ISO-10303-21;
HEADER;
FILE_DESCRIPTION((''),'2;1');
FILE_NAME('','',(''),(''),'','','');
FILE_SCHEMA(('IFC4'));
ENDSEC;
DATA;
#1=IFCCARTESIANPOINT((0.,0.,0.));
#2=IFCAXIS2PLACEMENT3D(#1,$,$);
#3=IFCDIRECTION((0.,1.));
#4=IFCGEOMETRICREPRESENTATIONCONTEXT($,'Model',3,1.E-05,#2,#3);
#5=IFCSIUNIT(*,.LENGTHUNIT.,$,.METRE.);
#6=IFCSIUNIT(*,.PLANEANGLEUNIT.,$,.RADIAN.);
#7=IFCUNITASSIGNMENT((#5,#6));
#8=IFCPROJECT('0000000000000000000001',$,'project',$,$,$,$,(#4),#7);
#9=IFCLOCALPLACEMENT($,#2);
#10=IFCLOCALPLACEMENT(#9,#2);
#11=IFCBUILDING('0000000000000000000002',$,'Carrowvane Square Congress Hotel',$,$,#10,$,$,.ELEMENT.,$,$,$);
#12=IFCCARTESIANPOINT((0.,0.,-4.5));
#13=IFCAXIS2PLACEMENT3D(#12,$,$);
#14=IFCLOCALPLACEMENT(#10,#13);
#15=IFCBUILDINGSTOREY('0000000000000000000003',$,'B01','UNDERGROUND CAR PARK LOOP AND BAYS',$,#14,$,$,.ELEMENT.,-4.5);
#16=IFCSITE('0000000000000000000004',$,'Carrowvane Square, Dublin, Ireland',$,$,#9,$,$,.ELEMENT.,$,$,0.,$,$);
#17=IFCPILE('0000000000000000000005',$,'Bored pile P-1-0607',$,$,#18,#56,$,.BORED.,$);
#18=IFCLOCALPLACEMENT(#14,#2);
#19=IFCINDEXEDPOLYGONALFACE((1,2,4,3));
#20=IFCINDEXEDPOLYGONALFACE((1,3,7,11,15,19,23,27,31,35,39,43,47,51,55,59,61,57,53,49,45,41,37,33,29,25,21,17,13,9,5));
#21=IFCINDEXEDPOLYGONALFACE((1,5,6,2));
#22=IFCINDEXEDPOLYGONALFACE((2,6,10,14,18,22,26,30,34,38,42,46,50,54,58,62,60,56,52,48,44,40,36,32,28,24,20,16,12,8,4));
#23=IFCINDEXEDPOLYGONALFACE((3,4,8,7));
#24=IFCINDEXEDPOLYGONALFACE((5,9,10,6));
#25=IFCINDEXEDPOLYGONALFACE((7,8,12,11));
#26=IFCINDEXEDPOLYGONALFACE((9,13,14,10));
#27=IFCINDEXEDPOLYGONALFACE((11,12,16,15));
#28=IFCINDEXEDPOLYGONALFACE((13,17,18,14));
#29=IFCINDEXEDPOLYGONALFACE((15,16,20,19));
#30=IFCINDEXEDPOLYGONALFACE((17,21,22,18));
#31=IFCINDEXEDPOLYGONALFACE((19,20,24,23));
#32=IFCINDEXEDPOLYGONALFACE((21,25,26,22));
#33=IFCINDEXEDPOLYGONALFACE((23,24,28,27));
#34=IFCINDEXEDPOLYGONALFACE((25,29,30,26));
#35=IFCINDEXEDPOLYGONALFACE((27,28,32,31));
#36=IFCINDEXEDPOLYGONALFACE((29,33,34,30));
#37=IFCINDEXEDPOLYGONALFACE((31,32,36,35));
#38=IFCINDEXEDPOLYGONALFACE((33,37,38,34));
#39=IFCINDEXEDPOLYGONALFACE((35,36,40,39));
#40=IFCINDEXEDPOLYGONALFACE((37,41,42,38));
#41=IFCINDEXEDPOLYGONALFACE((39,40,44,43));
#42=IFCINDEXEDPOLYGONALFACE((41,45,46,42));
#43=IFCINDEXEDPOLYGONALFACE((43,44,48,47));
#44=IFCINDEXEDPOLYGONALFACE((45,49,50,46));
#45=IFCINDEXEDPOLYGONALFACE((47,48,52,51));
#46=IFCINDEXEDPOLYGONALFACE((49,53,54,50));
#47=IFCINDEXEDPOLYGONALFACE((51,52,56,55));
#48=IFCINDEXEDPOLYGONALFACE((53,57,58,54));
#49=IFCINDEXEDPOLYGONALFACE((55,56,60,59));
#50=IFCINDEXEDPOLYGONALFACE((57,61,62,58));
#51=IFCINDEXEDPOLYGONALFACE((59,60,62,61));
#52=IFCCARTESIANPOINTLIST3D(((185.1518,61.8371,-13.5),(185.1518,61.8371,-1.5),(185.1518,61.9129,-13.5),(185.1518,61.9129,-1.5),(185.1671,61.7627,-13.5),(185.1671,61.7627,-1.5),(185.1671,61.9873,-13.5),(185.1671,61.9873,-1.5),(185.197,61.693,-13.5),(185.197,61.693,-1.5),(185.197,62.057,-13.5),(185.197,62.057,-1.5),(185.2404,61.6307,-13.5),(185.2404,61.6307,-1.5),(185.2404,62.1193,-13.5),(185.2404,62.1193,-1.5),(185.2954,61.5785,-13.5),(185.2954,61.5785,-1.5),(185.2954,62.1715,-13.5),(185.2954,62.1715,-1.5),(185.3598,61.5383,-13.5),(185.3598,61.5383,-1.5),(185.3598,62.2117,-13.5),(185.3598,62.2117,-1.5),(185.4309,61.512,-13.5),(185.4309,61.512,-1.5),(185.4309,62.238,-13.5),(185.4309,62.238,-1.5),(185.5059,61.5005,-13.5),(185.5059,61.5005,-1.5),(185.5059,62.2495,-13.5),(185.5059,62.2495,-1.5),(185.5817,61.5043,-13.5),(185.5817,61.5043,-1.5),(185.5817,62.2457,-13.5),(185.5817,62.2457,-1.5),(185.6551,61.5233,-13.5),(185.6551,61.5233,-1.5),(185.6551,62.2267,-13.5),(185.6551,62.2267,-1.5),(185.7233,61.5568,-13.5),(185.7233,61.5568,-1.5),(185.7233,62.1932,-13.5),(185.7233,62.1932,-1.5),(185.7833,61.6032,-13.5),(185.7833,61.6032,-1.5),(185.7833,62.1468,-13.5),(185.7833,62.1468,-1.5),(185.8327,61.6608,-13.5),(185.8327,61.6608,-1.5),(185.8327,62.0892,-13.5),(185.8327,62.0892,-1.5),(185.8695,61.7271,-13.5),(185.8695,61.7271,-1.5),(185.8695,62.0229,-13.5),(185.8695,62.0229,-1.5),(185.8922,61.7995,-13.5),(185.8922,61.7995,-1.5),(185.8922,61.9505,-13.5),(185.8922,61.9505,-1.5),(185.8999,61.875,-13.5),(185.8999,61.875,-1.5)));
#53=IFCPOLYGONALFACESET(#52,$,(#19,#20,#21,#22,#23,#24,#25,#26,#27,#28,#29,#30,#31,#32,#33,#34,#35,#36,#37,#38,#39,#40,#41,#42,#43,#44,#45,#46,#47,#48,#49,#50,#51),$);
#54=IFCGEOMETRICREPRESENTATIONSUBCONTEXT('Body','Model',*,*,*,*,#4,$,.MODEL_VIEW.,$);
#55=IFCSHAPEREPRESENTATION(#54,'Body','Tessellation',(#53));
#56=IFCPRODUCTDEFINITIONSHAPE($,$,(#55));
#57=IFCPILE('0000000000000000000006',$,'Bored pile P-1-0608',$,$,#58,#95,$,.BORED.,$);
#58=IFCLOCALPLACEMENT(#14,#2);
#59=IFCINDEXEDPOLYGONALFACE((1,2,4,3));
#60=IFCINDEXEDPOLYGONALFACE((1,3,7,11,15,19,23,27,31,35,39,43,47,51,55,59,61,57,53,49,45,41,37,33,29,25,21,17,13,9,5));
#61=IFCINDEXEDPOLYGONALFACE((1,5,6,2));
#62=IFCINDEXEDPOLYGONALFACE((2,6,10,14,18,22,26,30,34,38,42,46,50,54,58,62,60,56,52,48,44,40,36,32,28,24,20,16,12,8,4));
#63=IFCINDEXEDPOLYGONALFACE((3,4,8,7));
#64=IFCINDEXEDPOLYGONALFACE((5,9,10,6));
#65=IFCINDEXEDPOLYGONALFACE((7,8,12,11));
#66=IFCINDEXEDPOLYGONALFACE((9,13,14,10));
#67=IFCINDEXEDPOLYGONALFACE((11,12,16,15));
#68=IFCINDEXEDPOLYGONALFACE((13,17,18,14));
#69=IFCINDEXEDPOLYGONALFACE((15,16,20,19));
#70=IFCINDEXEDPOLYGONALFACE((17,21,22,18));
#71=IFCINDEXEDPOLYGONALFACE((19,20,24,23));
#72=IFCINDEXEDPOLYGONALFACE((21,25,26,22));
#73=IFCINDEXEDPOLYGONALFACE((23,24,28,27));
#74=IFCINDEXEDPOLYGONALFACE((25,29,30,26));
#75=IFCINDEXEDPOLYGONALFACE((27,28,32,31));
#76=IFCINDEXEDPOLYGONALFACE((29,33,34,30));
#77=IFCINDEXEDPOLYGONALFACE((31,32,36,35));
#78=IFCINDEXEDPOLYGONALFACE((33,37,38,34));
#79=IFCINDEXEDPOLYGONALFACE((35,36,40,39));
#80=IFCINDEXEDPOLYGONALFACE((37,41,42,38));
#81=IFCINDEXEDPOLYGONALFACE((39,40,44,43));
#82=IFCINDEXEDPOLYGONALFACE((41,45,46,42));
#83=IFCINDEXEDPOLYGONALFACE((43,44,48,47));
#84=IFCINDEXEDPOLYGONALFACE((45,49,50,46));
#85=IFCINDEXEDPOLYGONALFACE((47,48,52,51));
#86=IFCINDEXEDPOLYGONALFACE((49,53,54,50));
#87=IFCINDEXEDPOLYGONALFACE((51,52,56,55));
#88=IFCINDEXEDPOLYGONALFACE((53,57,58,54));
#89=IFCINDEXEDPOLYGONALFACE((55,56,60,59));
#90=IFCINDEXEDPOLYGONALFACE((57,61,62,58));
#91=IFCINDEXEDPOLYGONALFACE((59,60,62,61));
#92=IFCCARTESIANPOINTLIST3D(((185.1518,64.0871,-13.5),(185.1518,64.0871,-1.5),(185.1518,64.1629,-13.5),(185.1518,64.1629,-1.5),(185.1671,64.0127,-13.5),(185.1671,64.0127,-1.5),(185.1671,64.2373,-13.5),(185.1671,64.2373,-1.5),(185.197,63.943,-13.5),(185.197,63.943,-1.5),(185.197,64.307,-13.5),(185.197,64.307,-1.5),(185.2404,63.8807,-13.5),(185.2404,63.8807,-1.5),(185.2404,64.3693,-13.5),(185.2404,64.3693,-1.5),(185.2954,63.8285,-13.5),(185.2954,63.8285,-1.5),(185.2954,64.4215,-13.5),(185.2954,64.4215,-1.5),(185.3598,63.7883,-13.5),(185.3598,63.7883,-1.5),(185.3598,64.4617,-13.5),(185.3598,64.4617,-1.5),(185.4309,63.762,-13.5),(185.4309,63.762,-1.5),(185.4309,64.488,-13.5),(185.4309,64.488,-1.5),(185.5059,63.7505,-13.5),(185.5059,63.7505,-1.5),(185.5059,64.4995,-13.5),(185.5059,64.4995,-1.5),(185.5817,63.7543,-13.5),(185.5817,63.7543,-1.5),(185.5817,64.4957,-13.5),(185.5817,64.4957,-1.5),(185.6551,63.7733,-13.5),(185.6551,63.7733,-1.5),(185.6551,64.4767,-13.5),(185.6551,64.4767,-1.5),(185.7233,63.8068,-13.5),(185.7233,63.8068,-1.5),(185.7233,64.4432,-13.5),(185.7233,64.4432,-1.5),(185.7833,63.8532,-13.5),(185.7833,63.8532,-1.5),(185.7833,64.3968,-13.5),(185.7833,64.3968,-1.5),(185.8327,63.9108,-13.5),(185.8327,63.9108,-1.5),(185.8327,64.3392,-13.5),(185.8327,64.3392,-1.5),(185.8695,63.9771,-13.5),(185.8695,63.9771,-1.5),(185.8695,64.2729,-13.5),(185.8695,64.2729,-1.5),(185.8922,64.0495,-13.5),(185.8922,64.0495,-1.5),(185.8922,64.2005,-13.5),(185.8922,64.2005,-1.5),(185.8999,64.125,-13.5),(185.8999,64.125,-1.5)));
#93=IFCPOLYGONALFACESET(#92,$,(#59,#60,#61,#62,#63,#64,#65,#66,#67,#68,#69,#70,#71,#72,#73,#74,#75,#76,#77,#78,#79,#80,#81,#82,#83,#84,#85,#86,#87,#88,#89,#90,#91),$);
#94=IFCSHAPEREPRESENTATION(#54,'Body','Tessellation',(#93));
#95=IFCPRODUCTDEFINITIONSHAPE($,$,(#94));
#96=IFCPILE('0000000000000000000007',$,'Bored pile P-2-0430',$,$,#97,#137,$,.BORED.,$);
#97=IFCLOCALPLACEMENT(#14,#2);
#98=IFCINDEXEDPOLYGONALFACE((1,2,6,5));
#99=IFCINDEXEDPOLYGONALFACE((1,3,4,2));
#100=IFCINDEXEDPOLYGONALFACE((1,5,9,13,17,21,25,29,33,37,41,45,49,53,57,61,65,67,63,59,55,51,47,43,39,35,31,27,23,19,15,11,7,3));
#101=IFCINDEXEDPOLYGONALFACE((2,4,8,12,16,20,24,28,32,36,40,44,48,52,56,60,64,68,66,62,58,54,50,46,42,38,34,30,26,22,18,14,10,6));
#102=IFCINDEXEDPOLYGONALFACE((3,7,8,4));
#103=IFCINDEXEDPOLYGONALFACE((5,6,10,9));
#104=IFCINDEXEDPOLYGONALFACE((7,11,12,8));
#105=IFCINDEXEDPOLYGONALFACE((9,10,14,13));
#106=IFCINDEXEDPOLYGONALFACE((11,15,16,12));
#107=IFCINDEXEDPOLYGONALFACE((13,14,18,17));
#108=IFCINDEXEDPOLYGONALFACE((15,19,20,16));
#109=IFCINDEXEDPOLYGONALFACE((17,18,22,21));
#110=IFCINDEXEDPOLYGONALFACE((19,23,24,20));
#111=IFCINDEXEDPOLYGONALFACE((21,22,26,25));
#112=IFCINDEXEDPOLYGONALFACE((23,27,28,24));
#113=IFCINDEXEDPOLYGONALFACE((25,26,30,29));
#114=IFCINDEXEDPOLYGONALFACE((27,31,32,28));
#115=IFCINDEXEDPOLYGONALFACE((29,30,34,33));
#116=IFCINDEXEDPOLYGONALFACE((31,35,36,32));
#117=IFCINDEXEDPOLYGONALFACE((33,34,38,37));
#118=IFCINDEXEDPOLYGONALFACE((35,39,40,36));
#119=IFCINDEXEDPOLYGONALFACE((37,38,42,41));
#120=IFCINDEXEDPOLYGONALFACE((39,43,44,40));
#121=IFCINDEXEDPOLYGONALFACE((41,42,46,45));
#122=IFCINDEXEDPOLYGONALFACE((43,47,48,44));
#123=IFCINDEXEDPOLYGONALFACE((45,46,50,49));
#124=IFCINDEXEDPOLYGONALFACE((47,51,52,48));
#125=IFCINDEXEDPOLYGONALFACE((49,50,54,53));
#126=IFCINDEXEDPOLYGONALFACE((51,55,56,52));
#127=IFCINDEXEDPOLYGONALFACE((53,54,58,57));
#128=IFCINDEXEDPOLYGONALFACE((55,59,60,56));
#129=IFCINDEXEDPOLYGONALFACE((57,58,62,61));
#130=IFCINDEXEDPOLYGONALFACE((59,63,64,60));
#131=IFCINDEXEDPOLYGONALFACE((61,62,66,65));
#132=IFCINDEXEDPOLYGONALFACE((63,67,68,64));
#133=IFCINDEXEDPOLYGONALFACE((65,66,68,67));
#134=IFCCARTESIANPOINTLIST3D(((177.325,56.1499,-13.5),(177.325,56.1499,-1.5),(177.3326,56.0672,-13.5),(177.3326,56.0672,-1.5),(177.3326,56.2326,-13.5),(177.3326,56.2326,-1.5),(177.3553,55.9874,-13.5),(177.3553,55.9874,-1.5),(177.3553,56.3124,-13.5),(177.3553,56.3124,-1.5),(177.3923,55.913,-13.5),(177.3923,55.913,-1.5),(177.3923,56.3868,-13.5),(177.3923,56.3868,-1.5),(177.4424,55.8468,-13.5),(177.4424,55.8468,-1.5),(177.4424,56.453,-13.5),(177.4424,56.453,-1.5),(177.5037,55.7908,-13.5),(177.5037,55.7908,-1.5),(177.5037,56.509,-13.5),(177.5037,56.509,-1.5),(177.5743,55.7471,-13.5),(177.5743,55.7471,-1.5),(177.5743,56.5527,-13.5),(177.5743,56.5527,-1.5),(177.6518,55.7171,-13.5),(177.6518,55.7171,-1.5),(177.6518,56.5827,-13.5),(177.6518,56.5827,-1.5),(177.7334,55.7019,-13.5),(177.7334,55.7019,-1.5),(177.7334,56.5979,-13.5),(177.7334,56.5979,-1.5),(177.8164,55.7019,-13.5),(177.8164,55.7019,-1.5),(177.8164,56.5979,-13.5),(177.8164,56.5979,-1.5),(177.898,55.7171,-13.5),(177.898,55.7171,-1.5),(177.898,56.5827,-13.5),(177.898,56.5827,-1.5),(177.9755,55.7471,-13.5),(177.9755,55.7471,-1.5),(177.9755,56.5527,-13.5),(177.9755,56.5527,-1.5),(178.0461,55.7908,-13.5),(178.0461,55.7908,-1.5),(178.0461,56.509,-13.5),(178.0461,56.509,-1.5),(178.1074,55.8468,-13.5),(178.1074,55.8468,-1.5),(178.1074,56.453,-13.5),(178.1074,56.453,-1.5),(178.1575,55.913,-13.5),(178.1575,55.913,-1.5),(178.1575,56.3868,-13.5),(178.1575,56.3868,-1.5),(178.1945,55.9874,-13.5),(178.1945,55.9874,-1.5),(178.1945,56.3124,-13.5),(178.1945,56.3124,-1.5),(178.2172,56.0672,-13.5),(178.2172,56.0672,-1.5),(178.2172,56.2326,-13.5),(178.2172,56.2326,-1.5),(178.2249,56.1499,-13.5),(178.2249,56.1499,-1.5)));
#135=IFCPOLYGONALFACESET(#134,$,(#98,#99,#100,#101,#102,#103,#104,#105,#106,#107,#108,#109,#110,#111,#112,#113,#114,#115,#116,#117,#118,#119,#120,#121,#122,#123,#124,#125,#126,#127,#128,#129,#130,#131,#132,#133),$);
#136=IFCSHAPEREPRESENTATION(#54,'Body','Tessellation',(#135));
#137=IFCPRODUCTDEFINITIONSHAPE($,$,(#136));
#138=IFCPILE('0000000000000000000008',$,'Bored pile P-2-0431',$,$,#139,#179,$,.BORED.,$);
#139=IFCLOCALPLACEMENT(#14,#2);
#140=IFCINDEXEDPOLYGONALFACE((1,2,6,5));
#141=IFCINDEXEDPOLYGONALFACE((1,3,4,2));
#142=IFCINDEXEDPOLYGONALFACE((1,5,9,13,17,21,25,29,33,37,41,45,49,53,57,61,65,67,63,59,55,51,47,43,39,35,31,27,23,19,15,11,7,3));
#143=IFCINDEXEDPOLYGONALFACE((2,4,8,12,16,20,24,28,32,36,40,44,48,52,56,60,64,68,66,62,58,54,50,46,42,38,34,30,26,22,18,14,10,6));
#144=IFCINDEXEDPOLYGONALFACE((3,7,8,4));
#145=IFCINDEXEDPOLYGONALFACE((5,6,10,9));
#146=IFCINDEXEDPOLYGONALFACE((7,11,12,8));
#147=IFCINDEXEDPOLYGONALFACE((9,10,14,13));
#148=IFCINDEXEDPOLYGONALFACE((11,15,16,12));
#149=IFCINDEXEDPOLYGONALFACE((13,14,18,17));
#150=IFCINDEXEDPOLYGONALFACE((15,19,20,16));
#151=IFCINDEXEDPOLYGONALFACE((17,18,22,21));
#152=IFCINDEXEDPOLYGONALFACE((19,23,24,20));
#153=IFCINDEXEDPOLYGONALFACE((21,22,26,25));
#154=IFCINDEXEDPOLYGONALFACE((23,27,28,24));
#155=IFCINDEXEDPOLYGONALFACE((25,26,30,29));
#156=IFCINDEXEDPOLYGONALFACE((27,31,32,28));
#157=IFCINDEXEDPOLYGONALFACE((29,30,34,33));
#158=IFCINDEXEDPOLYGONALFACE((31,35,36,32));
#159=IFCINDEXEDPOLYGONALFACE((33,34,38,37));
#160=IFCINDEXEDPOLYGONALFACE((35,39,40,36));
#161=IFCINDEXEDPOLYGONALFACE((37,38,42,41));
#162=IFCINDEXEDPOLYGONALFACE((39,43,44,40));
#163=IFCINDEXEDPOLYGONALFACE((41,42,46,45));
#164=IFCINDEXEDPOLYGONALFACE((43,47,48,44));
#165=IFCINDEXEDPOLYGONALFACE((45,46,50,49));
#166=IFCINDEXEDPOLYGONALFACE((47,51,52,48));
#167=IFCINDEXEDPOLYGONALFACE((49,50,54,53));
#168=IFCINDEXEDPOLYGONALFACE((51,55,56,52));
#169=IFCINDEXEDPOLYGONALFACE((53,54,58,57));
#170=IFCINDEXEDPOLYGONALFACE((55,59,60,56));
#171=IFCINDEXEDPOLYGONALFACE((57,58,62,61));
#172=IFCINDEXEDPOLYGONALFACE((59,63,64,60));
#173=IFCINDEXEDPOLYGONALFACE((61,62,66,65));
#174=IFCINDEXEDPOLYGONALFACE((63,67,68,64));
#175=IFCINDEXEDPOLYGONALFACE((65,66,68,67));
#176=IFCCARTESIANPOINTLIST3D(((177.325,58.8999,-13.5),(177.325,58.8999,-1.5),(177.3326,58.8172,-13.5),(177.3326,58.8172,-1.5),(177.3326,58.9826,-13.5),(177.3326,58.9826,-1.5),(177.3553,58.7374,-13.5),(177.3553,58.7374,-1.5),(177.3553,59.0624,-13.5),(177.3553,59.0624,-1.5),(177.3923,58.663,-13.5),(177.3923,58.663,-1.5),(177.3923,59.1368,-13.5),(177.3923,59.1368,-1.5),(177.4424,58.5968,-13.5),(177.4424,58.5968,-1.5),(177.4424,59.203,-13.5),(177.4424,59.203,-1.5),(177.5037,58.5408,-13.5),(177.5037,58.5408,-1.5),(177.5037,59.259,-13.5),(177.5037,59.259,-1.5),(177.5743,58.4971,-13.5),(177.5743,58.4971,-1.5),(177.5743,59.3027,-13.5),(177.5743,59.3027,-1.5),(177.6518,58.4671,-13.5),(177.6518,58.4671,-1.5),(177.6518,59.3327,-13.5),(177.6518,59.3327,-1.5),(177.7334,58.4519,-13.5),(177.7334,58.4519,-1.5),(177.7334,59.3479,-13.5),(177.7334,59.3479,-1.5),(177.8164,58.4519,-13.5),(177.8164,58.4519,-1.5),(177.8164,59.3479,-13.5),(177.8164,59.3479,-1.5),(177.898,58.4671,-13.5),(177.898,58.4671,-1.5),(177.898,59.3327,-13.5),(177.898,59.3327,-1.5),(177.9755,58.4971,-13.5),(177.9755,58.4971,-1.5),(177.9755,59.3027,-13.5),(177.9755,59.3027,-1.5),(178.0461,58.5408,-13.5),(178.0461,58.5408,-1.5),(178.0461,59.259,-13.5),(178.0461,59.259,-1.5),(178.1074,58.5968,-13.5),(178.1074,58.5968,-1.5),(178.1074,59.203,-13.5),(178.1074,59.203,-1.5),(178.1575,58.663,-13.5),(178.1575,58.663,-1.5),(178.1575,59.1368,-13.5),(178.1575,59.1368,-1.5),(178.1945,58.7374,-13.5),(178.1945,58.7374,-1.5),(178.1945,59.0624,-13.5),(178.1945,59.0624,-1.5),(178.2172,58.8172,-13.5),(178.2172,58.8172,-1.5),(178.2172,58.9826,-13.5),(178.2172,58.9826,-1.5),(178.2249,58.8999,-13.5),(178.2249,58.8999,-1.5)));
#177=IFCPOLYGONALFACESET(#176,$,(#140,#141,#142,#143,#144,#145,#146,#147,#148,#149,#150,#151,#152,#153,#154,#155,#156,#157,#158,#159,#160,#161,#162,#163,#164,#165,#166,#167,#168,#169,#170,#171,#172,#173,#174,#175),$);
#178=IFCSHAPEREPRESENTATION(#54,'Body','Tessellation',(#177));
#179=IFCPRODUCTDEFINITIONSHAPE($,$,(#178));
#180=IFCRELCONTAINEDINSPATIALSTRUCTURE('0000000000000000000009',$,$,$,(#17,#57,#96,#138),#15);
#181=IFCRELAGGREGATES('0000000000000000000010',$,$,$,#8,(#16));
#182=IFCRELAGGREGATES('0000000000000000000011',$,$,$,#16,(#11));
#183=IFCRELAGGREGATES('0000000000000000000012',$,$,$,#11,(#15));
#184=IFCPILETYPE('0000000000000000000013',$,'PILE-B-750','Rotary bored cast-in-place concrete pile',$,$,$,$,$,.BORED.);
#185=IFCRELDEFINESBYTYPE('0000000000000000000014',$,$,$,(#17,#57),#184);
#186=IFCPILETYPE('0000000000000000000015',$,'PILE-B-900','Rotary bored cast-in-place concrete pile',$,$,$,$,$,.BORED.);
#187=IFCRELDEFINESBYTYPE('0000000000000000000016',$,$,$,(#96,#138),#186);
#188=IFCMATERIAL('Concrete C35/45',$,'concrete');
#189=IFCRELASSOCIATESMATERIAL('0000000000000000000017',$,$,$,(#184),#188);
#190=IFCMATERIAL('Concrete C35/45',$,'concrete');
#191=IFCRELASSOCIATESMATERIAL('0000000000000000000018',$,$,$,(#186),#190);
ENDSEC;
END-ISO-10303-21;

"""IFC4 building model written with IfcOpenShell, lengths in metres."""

from ifc_helpers import new_model, si_unit, direction, frame, origin, origin_2d, place, context, subcontext, project, spatial, circle, extrude, material, material_profile, profile_set, type_object, element, save


model = new_model("IFC4")

# Units and contexts
model_context = context("Model", 3, precision=1e-05, world=origin(), true_north=direction((0.0, 1.0)))
body_context = subcontext(model_context, "Body", "Model", "MODEL_VIEW")
ifc_project = project(units=[si_unit("LENGTHUNIT", "METRE"), si_unit("PLANEANGLEUNIT", "RADIAN")], contexts=[model_context])

# Site, building, storey
site_placement = place(None, origin())
site = spatial("IfcSite", under=ifc_project, at=site_placement, Name="Carrowvane Square, Dublin, Ireland", CompositionType="ELEMENT", RefElevation=0.0)
building_placement = place(site_placement, origin())
building = spatial("IfcBuilding", under=site, at=building_placement, Name="Carrowvane Square Congress Hotel", CompositionType="ELEMENT")
storey_placement = place(building_placement, frame((0.0, 0.0, -4.5)))
storey = spatial("IfcBuildingStorey", under=building, at=storey_placement, Name="B01", Description="UNDERGROUND CAR PARK LOOP AND BAYS", CompositionType="ELEMENT", Elevation=-4.5)

# Piles
ifc_material_1 = material(Name="Concrete C35/45", Category="concrete")
ifc_material_profile_1 = material_profile(ifc_material_1, circle(Radius=0.375, at=origin_2d()), Name="PILE D750")
ifc_profile_set_1 = profile_set([ifc_material_profile_1], Name="Concrete C35/45")
pile_type_1 = type_object("IfcPileType", Name="PILE-B-750", Description="Rotary bored cast-in-place concrete pile", PredefinedType="BORED", material=ifc_profile_set_1)
for number, where, z_axis, x_axis, name in (
    (1, (185.5249, 61.875, -1.5), (0.0, 0.0, -1.0), (1.0, 0.0, 0.0), "Bored pile P-1-0607"),
    (2, (185.5249, 64.125, -1.5), (0.0, 0.0, -1.0), (1.0, 0.0, 0.0), "Bored pile P-1-0608"),
):
    element("IfcPile", number, at=place(storey_placement, frame(where, z_axis=z_axis, x_axis=x_axis)), inside=storey, type_object=pile_type_1, Name=name, PredefinedType="BORED", context=body_context, shape_type="SweptSolid", body=[
        extrude(circle(Radius=0.375, at=origin_2d()), origin(), (0.0, 0.0, 1.0), 12.0),
    ])
ifc_material_2 = material(Name="Concrete C35/45", Category="concrete")
ifc_material_profile_2 = material_profile(ifc_material_2, circle(Radius=0.45, at=origin_2d()), Name="PILE D900")
ifc_profile_set_2 = profile_set([ifc_material_profile_2], Name="Concrete C35/45")
pile_type_2 = type_object("IfcPileType", Name="PILE-B-900", Description="Rotary bored cast-in-place concrete pile", PredefinedType="BORED", material=ifc_profile_set_2)
for number, where, z_axis, x_axis, name in (
    (3, (177.7749, 56.1499, -1.5), (0.0, 0.0, -1.0), (1.0, 0.0, 0.0), "Bored pile P-2-0430"),
    (4, (177.7749, 58.8999, -1.5), (0.0, 0.0, -1.0), (1.0, 0.0, 0.0), "Bored pile P-2-0431"),
):
    element("IfcPile", number, at=place(storey_placement, frame(where, z_axis=z_axis, x_axis=x_axis)), inside=storey, type_object=pile_type_2, Name=name, PredefinedType="BORED", context=body_context, shape_type="SweptSolid", body=[
        extrude(circle(Radius=0.45, at=origin_2d()), origin(), (0.0, 0.0, 1.0), 12.0),
    ])

save(model, "model.ifc")
